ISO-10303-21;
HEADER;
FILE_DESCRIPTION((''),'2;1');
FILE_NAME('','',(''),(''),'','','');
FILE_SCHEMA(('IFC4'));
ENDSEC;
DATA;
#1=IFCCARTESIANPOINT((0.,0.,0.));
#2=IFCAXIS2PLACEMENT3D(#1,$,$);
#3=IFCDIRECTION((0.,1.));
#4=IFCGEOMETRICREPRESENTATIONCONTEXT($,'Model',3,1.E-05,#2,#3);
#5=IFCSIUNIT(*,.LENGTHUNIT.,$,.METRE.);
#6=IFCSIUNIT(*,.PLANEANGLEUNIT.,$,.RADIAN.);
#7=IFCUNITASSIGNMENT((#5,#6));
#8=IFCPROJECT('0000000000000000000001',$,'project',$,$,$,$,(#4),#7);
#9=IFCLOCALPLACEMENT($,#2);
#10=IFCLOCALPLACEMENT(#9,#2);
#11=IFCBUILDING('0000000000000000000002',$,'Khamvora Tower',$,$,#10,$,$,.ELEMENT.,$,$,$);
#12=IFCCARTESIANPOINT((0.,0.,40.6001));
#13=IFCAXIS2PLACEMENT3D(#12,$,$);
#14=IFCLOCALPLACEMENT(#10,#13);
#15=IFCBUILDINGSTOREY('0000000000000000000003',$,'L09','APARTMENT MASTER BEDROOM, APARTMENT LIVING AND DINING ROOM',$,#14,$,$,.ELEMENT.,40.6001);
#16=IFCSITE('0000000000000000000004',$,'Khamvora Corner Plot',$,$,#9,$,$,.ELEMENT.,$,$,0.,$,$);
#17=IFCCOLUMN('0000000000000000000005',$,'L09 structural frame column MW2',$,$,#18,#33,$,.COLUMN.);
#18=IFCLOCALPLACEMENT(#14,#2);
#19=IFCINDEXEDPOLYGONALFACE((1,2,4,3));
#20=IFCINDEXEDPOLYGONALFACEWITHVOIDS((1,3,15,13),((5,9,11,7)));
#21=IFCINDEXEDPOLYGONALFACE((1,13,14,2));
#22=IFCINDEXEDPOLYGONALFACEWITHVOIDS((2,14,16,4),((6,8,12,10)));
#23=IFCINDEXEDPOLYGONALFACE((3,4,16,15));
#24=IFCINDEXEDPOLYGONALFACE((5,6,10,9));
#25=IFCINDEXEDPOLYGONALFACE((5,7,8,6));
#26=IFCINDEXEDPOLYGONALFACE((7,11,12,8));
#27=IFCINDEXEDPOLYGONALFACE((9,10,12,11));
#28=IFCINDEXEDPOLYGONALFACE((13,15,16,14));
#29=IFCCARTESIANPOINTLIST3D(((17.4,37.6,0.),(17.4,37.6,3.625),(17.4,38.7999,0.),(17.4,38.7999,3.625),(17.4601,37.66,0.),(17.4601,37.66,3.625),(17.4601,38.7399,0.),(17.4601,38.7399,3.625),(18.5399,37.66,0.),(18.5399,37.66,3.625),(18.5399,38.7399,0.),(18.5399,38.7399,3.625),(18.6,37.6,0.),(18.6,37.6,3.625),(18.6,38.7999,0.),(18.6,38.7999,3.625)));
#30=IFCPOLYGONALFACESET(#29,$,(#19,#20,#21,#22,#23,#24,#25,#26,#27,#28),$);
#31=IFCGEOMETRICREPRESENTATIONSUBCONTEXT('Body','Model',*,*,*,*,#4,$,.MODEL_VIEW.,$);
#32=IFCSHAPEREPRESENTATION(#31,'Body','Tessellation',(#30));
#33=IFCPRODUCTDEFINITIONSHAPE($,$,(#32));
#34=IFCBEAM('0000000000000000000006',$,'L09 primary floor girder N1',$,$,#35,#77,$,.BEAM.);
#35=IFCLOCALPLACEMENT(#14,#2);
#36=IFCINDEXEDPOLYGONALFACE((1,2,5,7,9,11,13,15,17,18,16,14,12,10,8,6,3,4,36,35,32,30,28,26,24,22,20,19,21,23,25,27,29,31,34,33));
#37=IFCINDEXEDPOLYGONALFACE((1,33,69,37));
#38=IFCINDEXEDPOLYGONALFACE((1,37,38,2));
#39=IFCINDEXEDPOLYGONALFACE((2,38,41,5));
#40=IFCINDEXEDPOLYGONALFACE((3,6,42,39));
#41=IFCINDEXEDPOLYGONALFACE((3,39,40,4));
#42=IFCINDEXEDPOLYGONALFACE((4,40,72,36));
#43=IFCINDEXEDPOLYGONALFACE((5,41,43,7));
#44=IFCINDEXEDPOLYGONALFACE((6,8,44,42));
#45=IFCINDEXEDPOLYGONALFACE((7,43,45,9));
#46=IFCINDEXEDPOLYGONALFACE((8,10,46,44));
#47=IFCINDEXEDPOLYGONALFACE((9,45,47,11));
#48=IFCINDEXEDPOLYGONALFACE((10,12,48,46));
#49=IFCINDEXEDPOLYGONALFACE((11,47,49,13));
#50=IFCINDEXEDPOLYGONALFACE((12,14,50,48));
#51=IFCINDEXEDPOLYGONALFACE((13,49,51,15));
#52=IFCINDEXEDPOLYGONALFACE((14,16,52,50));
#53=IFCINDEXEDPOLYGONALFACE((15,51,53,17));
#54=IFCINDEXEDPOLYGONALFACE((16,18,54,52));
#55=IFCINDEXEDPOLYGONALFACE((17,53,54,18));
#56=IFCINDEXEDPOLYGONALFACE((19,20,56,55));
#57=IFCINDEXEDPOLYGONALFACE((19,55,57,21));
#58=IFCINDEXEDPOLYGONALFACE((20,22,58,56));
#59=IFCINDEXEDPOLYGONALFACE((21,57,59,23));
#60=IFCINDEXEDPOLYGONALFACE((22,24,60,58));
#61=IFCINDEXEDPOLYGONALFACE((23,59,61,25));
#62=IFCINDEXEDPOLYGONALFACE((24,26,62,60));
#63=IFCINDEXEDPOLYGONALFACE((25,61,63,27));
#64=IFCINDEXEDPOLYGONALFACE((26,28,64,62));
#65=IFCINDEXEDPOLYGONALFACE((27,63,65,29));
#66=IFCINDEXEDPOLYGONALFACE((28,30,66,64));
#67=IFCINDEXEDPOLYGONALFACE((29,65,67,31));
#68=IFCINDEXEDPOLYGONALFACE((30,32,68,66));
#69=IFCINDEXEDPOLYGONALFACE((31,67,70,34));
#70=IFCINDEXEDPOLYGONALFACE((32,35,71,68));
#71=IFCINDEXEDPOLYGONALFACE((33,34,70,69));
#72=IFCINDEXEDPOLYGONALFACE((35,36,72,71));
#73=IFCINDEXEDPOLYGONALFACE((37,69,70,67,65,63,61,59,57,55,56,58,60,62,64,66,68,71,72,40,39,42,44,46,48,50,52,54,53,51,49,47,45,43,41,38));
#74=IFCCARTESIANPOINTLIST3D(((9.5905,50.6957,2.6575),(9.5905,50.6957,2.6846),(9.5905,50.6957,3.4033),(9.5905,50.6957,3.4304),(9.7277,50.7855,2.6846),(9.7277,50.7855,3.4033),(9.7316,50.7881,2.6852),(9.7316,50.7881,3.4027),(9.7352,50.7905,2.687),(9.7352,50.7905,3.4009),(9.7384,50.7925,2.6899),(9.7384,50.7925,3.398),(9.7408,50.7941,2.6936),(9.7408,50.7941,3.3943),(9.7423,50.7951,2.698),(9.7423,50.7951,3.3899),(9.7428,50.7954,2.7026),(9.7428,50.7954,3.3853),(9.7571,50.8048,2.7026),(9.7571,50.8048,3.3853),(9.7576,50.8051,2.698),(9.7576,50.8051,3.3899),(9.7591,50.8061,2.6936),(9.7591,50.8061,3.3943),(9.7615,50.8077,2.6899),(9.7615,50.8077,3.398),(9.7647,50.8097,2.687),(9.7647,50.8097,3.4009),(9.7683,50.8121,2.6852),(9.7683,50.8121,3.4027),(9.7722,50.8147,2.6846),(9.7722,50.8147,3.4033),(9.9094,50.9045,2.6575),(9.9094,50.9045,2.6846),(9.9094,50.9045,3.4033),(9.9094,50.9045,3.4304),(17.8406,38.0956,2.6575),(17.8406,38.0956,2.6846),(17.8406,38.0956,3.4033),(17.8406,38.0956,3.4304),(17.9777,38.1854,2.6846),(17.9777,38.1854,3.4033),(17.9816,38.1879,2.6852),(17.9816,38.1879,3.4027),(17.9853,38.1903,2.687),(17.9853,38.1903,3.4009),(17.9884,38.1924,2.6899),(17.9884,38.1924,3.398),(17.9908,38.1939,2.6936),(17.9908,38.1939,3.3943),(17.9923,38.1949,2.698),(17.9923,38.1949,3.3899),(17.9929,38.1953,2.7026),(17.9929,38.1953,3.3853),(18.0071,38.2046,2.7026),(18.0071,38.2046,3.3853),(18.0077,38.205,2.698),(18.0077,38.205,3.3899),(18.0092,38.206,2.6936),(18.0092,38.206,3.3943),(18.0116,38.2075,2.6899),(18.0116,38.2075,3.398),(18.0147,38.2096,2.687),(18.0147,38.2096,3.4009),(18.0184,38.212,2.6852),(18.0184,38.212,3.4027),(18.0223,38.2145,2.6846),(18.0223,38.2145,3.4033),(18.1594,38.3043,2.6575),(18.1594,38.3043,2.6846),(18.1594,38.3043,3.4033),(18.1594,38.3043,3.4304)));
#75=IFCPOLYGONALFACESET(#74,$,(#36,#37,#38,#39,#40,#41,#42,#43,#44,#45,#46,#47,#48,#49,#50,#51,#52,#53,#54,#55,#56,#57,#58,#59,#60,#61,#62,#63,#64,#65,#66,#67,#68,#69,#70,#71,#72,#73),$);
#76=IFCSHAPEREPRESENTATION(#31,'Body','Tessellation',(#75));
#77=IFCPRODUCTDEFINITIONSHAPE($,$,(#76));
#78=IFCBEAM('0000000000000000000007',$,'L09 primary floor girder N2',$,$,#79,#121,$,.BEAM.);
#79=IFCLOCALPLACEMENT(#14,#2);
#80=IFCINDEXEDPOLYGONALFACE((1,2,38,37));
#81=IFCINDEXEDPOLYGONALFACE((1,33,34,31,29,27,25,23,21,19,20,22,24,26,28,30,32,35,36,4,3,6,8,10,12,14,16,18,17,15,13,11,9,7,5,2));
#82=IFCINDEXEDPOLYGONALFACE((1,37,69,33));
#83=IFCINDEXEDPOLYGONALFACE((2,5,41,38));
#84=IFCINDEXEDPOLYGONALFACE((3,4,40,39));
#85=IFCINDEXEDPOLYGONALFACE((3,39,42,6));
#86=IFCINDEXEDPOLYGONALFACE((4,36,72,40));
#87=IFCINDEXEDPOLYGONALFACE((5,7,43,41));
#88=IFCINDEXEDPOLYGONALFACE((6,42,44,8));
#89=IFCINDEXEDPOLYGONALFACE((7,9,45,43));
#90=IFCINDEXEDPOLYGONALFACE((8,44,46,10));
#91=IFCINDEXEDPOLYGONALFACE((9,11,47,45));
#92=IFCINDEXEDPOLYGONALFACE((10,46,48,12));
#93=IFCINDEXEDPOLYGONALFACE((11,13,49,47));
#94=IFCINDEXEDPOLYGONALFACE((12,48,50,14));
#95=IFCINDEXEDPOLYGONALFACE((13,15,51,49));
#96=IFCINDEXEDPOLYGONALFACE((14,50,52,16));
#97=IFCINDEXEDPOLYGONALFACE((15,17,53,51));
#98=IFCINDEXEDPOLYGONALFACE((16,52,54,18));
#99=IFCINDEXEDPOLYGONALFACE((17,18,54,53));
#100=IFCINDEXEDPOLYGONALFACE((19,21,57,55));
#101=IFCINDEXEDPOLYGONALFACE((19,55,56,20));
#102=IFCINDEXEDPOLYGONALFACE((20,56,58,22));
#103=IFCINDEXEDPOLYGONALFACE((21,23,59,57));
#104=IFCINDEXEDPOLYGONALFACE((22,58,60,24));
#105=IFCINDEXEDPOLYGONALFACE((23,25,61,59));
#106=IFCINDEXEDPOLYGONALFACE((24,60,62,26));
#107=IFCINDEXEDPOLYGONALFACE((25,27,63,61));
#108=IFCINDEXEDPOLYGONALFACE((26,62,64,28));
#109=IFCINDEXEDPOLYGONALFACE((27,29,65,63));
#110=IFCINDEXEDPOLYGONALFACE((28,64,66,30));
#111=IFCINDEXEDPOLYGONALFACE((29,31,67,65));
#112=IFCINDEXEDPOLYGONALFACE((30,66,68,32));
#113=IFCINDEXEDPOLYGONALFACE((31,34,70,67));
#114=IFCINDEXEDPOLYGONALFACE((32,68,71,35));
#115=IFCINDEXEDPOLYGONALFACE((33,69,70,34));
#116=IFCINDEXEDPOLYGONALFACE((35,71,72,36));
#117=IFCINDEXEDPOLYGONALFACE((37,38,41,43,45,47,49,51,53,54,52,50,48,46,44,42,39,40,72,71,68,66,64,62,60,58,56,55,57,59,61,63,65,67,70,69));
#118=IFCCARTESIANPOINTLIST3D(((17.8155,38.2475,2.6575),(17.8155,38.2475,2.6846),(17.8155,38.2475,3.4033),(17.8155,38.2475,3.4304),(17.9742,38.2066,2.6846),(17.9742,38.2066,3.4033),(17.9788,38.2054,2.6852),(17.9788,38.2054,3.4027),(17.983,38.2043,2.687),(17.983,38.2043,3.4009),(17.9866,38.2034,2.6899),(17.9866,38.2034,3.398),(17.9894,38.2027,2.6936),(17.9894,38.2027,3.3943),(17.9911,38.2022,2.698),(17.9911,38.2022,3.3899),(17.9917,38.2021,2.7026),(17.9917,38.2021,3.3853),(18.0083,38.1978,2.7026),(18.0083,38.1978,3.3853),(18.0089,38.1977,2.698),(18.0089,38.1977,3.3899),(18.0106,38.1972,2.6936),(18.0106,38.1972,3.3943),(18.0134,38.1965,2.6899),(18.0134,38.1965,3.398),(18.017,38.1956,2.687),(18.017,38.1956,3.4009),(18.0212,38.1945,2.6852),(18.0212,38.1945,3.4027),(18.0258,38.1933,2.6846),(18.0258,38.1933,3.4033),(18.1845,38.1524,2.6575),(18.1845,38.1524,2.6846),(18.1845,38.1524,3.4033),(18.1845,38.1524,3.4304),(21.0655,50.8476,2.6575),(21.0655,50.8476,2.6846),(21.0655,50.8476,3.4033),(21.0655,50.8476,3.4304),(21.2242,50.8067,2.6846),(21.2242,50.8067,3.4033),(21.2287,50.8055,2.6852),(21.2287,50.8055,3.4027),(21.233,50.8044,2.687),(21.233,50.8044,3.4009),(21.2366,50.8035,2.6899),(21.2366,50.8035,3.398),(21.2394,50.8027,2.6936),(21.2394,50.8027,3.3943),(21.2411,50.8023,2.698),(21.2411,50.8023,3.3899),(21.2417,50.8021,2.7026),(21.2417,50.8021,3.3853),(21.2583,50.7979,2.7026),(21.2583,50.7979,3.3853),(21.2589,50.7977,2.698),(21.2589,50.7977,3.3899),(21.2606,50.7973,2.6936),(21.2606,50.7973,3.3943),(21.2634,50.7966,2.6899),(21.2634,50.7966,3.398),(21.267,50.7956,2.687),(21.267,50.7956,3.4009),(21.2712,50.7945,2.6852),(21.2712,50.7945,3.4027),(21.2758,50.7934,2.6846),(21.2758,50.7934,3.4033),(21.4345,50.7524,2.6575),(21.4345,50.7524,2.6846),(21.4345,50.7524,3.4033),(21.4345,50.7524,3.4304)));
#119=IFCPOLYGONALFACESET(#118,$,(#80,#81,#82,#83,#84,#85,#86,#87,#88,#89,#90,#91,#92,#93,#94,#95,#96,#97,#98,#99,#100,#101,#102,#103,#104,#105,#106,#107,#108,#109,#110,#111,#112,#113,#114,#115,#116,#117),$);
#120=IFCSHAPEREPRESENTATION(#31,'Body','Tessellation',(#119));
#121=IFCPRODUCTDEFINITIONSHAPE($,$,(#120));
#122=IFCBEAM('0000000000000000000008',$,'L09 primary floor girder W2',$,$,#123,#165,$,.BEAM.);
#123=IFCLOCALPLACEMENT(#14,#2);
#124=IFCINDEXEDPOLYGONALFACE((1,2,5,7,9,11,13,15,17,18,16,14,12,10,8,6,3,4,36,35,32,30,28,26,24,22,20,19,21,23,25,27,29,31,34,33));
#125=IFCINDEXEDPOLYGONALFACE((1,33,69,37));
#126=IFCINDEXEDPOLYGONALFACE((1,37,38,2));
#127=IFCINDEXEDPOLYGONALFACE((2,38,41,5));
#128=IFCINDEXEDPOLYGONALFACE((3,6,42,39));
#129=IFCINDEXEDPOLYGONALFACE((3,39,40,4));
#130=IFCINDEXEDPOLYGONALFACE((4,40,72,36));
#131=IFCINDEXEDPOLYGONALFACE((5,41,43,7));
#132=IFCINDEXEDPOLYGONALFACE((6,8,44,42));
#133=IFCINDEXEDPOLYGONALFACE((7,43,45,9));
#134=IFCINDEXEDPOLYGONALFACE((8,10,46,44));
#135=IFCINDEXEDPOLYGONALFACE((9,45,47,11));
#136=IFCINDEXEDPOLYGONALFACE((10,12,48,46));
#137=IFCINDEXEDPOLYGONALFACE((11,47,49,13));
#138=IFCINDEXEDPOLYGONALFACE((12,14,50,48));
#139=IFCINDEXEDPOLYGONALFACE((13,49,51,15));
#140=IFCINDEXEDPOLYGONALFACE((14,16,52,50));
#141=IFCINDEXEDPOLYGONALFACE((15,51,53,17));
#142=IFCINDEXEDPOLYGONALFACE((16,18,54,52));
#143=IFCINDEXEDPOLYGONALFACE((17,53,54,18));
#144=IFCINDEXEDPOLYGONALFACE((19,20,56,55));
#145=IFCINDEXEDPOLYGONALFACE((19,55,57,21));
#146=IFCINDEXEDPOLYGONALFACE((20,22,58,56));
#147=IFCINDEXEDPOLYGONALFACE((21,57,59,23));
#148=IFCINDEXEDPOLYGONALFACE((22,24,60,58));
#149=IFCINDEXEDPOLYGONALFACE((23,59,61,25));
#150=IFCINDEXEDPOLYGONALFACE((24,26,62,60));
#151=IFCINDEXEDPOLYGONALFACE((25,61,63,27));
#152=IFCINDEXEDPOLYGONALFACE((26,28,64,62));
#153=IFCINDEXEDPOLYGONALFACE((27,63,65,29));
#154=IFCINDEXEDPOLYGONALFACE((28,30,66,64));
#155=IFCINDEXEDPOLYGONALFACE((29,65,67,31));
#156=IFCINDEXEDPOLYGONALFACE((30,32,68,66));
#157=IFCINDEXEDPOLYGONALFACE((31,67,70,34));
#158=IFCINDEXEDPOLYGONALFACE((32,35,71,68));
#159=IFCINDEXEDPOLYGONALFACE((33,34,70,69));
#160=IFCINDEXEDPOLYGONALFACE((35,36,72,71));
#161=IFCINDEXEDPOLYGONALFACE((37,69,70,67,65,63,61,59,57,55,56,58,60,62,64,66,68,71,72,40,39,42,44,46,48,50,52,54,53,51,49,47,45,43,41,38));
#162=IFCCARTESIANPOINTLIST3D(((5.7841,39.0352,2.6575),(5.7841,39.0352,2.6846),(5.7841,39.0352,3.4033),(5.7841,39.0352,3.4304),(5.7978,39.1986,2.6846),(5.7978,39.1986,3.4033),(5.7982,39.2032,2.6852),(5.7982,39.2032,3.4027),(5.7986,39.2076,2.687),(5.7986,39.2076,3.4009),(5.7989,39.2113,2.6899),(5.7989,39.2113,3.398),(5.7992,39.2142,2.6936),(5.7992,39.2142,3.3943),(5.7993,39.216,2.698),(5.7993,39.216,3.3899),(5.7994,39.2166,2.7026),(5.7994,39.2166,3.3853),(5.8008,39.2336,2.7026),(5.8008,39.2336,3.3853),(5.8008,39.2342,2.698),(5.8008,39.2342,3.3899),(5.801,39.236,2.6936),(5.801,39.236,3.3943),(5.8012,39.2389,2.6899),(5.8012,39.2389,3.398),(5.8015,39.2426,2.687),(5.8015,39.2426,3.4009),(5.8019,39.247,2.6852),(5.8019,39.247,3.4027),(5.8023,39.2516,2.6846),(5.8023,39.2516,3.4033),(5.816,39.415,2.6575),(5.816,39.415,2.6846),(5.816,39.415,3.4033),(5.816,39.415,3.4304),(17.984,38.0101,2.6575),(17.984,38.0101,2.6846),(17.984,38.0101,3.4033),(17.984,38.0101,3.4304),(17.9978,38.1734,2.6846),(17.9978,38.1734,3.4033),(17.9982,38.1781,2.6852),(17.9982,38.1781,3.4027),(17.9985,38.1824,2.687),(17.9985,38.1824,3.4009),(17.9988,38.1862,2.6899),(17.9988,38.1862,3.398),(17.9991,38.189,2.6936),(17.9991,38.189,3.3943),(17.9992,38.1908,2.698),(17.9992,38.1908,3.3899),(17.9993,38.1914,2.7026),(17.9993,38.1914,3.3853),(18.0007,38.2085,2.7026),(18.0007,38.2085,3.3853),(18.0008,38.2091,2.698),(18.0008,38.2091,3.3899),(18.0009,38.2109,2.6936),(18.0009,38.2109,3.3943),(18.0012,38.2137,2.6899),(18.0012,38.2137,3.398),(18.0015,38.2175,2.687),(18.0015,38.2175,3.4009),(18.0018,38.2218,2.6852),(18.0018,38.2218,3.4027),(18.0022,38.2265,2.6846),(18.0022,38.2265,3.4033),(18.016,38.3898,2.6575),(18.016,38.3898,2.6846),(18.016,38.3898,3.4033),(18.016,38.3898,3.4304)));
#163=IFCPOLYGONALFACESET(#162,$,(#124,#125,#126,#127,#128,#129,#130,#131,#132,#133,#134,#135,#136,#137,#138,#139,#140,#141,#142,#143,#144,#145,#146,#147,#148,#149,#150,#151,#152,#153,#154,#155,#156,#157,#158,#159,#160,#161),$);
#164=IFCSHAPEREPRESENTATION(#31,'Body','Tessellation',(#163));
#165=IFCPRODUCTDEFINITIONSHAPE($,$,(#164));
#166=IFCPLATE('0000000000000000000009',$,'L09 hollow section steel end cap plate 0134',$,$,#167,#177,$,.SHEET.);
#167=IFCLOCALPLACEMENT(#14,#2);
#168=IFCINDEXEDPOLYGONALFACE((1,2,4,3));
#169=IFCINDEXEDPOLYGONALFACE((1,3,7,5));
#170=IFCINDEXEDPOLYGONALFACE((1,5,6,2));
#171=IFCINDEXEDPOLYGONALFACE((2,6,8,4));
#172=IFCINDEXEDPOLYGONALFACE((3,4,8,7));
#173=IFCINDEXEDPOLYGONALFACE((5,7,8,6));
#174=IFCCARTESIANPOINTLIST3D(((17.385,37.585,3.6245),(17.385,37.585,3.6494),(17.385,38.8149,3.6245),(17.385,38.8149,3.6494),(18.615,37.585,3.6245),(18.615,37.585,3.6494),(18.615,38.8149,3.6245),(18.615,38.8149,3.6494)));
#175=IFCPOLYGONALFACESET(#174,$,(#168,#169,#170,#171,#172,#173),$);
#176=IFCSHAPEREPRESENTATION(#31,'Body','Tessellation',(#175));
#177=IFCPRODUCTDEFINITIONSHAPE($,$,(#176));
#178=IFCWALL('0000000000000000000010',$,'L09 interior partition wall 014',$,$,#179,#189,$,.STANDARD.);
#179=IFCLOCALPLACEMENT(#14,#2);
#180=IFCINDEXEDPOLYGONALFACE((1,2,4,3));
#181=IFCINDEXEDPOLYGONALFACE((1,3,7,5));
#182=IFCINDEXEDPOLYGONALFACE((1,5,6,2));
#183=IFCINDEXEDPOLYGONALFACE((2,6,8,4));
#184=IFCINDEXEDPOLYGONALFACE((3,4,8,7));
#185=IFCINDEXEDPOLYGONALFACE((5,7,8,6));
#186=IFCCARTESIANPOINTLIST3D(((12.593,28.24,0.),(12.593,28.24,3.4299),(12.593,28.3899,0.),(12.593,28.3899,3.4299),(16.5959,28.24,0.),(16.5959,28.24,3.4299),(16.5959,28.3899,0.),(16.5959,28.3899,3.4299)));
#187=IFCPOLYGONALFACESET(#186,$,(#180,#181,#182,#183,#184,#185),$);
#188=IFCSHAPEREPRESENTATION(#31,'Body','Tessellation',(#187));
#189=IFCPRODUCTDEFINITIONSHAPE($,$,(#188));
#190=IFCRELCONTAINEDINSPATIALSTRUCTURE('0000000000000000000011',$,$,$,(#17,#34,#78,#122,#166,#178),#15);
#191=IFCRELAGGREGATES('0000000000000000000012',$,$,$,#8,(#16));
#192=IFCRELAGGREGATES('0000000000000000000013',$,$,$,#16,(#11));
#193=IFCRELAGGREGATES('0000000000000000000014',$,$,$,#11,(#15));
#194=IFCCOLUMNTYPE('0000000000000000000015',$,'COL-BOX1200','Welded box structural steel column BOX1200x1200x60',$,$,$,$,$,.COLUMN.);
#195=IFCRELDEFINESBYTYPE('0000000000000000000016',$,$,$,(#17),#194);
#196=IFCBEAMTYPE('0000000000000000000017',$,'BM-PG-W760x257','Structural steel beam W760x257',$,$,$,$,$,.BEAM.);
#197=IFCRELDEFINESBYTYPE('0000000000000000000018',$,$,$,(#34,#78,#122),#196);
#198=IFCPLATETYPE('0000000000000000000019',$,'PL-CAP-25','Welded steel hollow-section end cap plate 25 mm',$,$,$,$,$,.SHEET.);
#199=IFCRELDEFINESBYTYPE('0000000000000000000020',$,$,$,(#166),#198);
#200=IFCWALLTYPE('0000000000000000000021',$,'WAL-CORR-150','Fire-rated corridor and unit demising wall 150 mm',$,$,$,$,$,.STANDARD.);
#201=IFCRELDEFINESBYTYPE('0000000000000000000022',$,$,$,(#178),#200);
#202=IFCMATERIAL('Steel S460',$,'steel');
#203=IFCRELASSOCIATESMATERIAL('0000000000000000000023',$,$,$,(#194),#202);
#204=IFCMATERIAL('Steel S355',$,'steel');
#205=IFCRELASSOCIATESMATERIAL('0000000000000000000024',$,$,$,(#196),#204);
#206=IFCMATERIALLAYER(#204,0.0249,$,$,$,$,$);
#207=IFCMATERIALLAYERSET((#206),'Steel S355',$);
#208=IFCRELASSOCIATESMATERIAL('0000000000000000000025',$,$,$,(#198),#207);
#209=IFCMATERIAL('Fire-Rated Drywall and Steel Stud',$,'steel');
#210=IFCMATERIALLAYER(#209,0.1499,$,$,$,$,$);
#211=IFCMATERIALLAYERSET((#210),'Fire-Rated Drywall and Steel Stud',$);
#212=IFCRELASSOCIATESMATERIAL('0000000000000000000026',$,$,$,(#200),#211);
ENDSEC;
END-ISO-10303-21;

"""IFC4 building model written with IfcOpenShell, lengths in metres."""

from ifc_helpers import new_model, si_unit, direction, frame, frame_2d, origin, origin_2d, place, context, subcontext, project, spatial, rectangle, hollow_rectangle, i_section, extrude, material, layer, layer_set, material_profile, profile_set, type_object, element, save


model = new_model("IFC4")

# Units and contexts
model_context = context("Model", 3, precision=1e-05, world=origin(), true_north=direction((0.0, 1.0)))
body_context = subcontext(model_context, "Body", "Model", "MODEL_VIEW")
ifc_project = project(units=[si_unit("LENGTHUNIT", "METRE"), si_unit("PLANEANGLEUNIT", "RADIAN")], contexts=[model_context])

# Site, building, storey
site_placement = place(None, origin())
site = spatial("IfcSite", under=ifc_project, at=site_placement, Name="Khamvora Corner Plot", CompositionType="ELEMENT", RefElevation=0.0)
building_placement = place(site_placement, origin())
building = spatial("IfcBuilding", under=site, at=building_placement, Name="Khamvora Tower", CompositionType="ELEMENT")
storey_placement = place(building_placement, frame((0.0, 0.0, 40.6001)))
storey = spatial("IfcBuildingStorey", under=building, at=storey_placement, Name="L09", Description="APARTMENT MASTER BEDROOM, APARTMENT LIVING AND DINING ROOM", CompositionType="ELEMENT", Elevation=40.6001)

# Column
ifc_material_1 = material(Name="Steel S460", Category="steel")
ifc_material_profile_1 = material_profile(ifc_material_1, hollow_rectangle(XDim=1.2, YDim=1.2, WallThickness=0.0601, at=origin_2d()), Name="BOX1200x1200x60")
ifc_profile_set_1 = profile_set([ifc_material_profile_1], Name="Steel S460")
column_type = type_object("IfcColumnType", Name="COL-BOX1200", Description="Welded box structural steel column BOX1200x1200x60", PredefinedType="COLUMN", material=ifc_profile_set_1)
column_placement = place(storey_placement, frame((18.0, 38.2, 0.0), z_axis=(0.0, 0.0, 1.0), x_axis=(1.0, 0.0, 0.0)))
element("IfcColumn", 1, at=column_placement, inside=storey, type_object=column_type, Name="L09 structural frame column MW2", PredefinedType="COLUMN", context=body_context, shape_type="SweptSolid", body=[
    extrude(hollow_rectangle(XDim=1.2, YDim=1.2, WallThickness=0.0601, at=origin_2d()), origin(), (0.0, 0.0, 1.0), 3.625),
])

# Beams
ifc_material_2 = material(Name="Steel S355", Category="steel")
ifc_material_profile_2 = material_profile(ifc_material_2, i_section(OverallWidth=0.3811, OverallDepth=0.7729, WebThickness=0.0171, FlangeThickness=0.0271, FilletRadius=0.0181, at=origin_2d()), Name="W760x257")
ifc_profile_set_2 = profile_set([ifc_material_profile_2], Name="Steel S355")
beam_type = type_object("IfcBeamType", Name="BM-PG-W760x257", Description="Structural steel beam W760x257", PredefinedType="BEAM", material=ifc_profile_set_2)
beam_1_placement = place(storey_placement, frame((18.0, 38.2, 3.0439), z_axis=(-0.547783, 0.83662, 0.0), x_axis=(-0.83662, -0.547783, 0.0)))
element("IfcBeam", 2, at=beam_1_placement, inside=storey, type_object=beam_type, Name="L09 primary floor girder N1", PredefinedType="BEAM", context=body_context, shape_type="SweptSolid", body=[
    extrude(i_section(OverallWidth=0.3811, OverallDepth=0.7729, WebThickness=0.0171, FlangeThickness=0.0271, FilletRadius=0.0181, at=origin_2d()), origin(), (0.0, 0.0, 1.0), 15.0608),
])
beam_2_placement = place(storey_placement, frame((18.0, 38.2, 3.0439), z_axis=(0.24976, 0.968308, 0.0), x_axis=(-0.968308, 0.24976, 0.0)))
element("IfcBeam", 3, at=beam_2_placement, inside=storey, type_object=beam_type, Name="L09 primary floor girder N2", PredefinedType="BEAM", context=body_context, shape_type="SweptSolid", body=[
    extrude(i_section(OverallWidth=0.3811, OverallDepth=0.7729, WebThickness=0.0171, FlangeThickness=0.0271, FilletRadius=0.0181, at=origin_2d()), origin(), (0.0, 0.0, 1.0), 13.0125),
])
beam_3_placement = place(storey_placement, frame((18.0, 38.2, 3.0439), z_axis=(-0.996488, 0.083734, 0.0), x_axis=(-0.083734, -0.996488, 0.0)))
element("IfcBeam", 4, at=beam_3_placement, inside=storey, type_object=beam_type, Name="L09 primary floor girder W2", PredefinedType="BEAM", context=body_context, shape_type="SweptSolid", body=[
    extrude(i_section(OverallWidth=0.3811, OverallDepth=0.7729, WebThickness=0.0171, FlangeThickness=0.0271, FilletRadius=0.0181, at=origin_2d()), origin(), (0.0, 0.0, 1.0), 12.2429),
])

# Plate
ifc_layer_1 = layer(ifc_material_2, 0.0249)
ifc_layer_set_1 = layer_set([ifc_layer_1], Name="Steel S355")
plate_type = type_object("IfcPlateType", Name="PL-CAP-25", Description="Welded steel hollow-section end cap plate 25 mm", PredefinedType="SHEET", material=ifc_layer_set_1)
plate_placement = place(storey_placement, frame((18.0, 38.2, 3.6245), z_axis=(0.0, 0.0, 1.0), x_axis=(1.0, 0.0, 0.0)))
element("IfcPlate", 5, at=plate_placement, inside=storey, type_object=plate_type, Name="L09 hollow section steel end cap plate 0134", PredefinedType="SHEET", context=body_context, shape_type="SweptSolid", body=[
    extrude(rectangle(XDim=1.23, YDim=1.23, at=origin_2d()), origin(), (0.0, 0.0, 1.0), 0.0249),
])

# Shared definitions
ifc_material_3 = material(Name="Fire-Rated Drywall and Steel Stud", Category="steel")
ifc_layer_2 = layer(ifc_material_3, 0.1499)
ifc_layer_set_2 = layer_set([ifc_layer_2], Name="Fire-Rated Drywall and Steel Stud")
wall_type_1 = type_object("IfcWallType", Name="WAL-CORR-150", Description="Fire-rated corridor and unit demising wall 150 mm", PredefinedType="STANDARD", material=ifc_layer_set_2)

# Wall
wall_1_placement = place(storey_placement, frame((12.593, 28.3149, 0.0), z_axis=(0.0, 0.0, 1.0), x_axis=(1.0, 0.0, 0.0)))
element("IfcWall", 6, at=wall_1_placement, inside=storey, type_object=wall_type_1, Name="L09 interior partition wall 014", PredefinedType="STANDARD", context=body_context, shape_type="SweptSolid", body=[
    extrude(rectangle(XDim=4.0029, YDim=0.1499, at=frame_2d((2.0015, 0.0))), origin(), (0.0, 0.0, 1.0), 3.4299),
])

save(model, "model.ifc")
